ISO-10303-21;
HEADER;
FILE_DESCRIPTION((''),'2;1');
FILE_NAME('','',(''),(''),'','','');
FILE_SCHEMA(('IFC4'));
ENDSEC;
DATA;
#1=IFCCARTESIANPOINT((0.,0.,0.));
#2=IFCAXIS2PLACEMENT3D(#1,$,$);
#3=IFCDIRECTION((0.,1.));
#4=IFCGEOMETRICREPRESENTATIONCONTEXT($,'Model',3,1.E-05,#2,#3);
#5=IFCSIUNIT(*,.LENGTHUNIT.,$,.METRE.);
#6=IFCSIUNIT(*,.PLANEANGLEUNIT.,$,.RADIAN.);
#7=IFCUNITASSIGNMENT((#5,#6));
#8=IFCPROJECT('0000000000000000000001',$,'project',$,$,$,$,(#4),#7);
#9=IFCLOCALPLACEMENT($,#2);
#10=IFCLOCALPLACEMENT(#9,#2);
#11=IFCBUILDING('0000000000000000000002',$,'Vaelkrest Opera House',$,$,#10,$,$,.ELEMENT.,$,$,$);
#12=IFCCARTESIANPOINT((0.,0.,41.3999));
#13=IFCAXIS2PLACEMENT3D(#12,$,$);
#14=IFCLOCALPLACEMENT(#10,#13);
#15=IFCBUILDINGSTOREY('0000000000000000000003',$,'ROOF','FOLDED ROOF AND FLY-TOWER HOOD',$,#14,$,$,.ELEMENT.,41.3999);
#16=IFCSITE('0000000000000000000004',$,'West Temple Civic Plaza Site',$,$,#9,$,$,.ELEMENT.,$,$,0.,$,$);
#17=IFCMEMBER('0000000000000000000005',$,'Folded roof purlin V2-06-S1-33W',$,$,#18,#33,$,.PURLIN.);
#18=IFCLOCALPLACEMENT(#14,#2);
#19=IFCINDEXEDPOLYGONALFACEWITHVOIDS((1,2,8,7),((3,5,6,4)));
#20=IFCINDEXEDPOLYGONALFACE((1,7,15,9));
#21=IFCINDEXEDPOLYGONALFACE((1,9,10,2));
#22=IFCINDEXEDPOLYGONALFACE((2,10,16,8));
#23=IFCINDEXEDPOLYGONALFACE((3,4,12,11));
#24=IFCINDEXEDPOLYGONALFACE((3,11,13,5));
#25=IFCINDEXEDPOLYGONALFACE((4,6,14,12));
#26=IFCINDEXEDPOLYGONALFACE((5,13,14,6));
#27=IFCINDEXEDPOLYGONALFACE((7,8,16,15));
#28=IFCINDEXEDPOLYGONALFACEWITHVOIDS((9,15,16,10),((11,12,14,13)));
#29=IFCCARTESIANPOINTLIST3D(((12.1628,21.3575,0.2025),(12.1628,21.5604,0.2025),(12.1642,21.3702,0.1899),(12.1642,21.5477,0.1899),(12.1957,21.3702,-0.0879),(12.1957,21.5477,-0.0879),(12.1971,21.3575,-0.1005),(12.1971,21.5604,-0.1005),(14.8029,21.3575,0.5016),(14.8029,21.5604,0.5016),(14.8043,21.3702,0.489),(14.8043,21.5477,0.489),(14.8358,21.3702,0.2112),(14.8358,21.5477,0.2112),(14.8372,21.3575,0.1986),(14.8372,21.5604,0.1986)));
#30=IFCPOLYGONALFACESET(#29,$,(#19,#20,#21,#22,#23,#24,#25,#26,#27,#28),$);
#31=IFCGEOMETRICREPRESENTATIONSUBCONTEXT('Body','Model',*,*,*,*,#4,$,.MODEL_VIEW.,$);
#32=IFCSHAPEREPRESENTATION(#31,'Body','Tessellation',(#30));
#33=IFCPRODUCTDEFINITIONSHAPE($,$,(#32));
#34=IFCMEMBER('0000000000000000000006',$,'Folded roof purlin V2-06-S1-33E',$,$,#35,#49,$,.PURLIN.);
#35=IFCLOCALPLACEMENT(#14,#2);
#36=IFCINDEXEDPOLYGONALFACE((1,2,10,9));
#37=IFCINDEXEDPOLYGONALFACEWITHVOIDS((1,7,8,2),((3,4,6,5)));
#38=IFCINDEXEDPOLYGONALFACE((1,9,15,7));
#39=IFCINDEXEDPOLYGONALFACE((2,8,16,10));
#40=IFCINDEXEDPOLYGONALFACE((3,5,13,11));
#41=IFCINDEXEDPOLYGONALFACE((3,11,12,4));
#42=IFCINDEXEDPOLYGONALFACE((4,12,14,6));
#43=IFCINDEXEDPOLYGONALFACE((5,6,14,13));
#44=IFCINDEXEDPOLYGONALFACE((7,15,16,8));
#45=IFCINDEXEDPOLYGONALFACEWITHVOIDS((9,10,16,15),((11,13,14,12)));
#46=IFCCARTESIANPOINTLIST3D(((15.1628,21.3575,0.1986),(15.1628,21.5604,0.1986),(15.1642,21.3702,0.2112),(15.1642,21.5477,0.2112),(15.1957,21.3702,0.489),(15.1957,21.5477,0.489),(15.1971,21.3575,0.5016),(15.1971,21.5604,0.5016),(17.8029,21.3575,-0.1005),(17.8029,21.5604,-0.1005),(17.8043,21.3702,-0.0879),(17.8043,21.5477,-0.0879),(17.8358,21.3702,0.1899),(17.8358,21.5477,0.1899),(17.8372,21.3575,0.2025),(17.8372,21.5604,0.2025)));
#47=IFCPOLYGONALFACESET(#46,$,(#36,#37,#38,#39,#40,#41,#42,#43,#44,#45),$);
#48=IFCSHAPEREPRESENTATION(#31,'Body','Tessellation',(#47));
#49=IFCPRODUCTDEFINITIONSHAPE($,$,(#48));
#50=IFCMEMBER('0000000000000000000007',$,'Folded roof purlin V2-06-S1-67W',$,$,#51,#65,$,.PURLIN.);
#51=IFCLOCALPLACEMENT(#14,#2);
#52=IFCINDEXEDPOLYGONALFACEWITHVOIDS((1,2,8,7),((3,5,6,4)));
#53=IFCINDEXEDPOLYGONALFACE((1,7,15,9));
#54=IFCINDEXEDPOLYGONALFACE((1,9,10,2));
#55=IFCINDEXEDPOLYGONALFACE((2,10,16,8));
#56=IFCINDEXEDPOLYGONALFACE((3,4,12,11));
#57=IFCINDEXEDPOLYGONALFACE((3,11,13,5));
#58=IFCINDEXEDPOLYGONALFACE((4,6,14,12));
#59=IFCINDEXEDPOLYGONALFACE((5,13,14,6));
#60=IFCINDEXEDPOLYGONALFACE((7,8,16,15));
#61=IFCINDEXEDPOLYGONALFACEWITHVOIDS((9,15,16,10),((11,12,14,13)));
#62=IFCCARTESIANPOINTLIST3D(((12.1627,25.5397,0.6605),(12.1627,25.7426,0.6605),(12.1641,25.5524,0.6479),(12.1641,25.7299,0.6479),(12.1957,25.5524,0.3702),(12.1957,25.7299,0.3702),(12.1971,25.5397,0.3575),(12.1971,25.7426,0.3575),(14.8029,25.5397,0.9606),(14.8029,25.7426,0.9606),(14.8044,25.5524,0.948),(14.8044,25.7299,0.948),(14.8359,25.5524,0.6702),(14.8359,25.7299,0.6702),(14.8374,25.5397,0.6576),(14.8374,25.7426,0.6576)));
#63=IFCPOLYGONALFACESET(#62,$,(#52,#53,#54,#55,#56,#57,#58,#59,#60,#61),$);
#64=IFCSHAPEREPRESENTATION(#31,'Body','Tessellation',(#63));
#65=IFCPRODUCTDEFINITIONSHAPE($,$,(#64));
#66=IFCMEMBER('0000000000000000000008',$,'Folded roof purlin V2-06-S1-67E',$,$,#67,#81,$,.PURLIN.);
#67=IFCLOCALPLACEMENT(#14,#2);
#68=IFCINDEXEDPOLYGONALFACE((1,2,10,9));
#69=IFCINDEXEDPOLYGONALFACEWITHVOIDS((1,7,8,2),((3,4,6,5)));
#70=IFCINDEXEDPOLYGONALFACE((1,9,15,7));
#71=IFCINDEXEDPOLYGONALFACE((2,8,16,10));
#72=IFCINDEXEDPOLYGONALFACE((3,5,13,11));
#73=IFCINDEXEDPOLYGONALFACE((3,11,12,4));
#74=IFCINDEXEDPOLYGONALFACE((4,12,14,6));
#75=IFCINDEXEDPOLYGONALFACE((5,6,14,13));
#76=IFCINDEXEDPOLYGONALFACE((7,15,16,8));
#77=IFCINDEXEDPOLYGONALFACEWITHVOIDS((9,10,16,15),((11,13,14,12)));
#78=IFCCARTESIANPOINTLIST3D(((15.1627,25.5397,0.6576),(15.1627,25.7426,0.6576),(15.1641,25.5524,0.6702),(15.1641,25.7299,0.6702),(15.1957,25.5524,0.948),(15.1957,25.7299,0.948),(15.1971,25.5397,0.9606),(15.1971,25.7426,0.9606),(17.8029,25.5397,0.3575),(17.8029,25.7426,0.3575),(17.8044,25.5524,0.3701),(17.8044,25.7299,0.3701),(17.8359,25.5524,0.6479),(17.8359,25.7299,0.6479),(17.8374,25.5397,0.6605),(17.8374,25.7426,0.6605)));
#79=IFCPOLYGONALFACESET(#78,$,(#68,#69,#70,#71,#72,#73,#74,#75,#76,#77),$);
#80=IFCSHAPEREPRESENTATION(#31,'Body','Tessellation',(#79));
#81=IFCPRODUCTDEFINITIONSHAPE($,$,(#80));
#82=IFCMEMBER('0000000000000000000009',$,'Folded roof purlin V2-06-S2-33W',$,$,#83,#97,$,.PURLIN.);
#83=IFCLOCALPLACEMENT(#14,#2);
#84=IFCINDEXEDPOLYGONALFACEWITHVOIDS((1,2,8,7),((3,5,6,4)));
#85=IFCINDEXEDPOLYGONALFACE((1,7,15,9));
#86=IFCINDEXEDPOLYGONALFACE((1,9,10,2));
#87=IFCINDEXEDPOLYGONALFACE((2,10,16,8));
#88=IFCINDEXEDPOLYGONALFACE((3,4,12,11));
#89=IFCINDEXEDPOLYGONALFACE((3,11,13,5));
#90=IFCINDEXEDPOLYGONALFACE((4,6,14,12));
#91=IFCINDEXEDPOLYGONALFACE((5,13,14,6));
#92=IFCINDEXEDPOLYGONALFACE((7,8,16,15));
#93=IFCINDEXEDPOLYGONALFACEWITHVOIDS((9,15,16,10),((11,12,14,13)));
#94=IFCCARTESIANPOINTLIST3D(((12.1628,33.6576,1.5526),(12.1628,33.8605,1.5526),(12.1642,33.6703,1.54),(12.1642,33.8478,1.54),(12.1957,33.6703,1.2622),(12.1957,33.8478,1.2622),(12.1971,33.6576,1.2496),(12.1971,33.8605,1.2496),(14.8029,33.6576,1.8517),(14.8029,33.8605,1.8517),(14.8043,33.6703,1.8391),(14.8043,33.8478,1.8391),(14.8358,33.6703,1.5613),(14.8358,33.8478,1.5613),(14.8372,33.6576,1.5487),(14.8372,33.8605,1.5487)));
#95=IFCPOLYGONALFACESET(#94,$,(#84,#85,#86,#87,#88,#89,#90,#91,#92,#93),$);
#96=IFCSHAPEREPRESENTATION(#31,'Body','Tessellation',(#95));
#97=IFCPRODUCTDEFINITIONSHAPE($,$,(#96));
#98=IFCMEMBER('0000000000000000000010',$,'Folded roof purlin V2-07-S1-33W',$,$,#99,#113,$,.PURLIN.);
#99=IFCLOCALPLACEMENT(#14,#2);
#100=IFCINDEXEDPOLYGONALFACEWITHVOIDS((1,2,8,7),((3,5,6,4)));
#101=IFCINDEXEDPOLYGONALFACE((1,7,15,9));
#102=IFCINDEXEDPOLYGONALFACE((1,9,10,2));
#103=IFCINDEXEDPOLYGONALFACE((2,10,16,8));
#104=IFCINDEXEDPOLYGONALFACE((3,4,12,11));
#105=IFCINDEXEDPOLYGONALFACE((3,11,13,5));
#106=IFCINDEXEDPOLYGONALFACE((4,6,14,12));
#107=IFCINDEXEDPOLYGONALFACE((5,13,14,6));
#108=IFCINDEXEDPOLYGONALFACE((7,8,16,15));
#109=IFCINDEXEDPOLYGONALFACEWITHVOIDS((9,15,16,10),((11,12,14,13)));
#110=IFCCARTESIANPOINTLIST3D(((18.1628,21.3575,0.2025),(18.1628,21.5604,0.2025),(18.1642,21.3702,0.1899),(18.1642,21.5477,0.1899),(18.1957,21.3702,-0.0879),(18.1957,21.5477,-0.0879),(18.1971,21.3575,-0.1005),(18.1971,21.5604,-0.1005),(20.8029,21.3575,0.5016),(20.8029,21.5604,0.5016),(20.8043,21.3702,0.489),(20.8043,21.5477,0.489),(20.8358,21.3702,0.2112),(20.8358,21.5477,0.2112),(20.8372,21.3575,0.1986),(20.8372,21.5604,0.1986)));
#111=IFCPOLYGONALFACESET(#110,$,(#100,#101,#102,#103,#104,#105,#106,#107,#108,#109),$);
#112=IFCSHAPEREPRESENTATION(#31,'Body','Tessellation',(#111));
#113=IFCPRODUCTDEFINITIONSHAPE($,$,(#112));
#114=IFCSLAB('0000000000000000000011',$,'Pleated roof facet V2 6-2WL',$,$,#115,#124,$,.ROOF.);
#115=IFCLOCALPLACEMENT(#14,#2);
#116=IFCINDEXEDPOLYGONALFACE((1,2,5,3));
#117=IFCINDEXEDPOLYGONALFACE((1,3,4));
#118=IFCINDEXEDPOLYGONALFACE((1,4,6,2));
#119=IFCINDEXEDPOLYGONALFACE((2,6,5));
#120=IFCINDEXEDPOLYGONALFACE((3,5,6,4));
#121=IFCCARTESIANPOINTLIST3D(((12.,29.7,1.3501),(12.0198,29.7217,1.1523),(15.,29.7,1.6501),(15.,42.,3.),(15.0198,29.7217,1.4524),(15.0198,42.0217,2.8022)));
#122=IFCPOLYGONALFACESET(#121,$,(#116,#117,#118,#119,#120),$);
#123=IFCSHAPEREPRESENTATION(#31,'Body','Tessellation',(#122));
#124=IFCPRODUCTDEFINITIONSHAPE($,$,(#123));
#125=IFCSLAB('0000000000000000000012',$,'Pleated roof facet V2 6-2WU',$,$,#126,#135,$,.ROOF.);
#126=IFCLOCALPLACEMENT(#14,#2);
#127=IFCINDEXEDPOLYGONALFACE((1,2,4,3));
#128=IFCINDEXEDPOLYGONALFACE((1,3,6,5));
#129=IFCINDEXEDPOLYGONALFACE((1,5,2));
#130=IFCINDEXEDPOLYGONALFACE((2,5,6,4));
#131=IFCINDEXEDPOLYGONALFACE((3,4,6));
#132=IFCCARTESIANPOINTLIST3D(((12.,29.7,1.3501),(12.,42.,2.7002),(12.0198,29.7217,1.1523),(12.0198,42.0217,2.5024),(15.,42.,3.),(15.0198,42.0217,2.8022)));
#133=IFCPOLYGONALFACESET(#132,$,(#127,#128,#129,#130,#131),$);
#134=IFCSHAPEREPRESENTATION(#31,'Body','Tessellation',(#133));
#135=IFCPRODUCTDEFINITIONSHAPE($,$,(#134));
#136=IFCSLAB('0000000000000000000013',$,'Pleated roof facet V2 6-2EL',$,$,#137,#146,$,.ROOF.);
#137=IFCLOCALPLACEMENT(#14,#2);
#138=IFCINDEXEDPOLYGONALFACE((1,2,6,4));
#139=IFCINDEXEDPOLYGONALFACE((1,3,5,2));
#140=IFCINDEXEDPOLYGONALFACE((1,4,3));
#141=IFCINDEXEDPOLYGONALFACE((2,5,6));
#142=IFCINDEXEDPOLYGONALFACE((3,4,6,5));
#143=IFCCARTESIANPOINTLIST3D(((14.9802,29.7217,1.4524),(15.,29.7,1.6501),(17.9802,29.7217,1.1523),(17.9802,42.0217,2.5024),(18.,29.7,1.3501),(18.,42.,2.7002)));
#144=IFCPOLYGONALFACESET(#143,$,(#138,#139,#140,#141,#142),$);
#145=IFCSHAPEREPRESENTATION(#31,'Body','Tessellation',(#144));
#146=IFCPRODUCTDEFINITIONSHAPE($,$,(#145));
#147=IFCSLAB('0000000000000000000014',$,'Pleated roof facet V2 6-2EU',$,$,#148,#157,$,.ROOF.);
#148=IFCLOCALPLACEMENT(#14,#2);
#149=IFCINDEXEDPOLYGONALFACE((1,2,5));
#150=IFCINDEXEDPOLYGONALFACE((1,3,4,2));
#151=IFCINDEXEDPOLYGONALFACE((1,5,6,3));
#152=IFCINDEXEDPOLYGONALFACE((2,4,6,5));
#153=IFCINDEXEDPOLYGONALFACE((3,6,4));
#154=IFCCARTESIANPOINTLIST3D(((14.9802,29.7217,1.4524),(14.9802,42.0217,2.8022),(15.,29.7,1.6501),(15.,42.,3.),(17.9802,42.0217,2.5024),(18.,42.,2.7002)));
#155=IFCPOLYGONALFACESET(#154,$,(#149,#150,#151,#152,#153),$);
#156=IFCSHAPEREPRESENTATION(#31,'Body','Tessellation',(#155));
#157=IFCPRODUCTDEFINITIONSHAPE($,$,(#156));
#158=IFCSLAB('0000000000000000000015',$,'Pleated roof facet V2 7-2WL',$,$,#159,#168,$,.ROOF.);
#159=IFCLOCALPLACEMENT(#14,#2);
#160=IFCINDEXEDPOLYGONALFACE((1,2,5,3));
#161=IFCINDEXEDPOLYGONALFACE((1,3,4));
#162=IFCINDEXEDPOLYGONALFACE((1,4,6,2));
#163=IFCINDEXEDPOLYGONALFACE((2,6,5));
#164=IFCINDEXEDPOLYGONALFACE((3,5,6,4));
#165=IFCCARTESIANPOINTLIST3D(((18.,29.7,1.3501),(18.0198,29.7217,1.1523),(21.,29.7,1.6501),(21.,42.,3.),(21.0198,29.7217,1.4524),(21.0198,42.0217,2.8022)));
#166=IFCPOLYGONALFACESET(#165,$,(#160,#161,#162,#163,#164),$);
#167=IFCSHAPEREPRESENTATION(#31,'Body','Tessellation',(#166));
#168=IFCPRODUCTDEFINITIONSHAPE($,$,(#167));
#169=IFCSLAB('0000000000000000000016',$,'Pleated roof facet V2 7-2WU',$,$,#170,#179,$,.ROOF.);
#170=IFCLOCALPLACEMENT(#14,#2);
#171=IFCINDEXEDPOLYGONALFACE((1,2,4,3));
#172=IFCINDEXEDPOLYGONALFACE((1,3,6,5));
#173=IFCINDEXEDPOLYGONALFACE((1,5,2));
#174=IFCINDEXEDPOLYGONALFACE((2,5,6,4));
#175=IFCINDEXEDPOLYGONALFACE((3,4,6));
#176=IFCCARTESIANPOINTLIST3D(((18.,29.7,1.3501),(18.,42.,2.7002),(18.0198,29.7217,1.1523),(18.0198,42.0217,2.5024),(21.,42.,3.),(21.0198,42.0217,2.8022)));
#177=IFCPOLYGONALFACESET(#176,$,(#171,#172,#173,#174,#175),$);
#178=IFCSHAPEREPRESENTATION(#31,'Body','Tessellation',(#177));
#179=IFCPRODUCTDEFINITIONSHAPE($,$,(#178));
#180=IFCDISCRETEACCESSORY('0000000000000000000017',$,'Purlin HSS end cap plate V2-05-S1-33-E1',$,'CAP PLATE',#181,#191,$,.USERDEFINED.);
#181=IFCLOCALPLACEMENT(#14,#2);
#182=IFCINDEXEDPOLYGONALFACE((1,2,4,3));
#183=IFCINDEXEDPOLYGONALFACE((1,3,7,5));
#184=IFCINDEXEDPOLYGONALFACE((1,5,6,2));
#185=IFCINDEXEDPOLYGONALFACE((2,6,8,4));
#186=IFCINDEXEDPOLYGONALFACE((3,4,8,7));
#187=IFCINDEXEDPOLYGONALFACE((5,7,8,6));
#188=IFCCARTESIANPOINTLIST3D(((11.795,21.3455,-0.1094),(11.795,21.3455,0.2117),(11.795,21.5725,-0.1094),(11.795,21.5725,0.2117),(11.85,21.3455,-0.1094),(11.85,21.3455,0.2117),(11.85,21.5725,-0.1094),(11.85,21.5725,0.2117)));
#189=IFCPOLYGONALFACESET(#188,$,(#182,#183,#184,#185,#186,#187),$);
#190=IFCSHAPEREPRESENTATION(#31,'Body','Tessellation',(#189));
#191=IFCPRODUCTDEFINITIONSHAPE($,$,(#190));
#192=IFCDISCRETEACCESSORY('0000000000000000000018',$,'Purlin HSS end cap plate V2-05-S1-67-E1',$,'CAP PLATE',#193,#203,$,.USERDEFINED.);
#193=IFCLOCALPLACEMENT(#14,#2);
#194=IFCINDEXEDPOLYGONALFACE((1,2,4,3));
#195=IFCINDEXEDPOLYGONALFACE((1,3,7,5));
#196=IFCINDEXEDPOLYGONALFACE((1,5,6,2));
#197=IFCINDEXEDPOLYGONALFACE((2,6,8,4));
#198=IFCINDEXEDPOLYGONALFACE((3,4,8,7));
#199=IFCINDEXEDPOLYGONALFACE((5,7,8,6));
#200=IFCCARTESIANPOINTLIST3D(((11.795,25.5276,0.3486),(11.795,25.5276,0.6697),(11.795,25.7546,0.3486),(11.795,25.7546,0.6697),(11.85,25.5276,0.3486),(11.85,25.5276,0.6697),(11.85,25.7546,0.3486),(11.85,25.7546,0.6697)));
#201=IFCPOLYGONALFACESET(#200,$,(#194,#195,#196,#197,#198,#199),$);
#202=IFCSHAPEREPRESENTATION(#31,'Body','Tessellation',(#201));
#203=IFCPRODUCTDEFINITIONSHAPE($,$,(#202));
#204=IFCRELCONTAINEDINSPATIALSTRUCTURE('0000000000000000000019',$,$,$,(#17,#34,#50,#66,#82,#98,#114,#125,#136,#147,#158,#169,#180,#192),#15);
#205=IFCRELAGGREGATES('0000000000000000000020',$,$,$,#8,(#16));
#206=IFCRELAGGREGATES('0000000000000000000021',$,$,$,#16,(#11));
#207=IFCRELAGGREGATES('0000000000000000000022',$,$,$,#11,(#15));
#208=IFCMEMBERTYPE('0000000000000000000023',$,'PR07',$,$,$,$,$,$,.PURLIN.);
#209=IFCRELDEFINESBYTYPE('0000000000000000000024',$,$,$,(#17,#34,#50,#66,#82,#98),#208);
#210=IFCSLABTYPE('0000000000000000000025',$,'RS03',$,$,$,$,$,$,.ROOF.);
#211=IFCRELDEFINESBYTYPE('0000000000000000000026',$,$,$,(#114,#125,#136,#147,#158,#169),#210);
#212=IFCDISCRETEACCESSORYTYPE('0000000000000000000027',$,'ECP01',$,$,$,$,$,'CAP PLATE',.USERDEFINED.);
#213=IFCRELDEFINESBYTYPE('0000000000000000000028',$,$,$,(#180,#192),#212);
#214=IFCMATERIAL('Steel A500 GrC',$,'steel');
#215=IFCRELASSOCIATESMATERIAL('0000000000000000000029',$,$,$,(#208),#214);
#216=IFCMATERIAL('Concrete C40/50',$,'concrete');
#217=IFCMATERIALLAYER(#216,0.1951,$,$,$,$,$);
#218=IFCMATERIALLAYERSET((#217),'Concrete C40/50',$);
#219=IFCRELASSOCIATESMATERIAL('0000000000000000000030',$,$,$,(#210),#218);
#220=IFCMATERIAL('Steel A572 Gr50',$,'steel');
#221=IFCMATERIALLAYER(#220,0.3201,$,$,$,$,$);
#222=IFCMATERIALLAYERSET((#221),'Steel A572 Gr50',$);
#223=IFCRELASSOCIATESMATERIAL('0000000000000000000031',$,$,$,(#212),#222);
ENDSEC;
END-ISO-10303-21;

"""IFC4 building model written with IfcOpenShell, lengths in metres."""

from ifc_helpers import new_model, si_unit, direction, frame, origin, origin_2d, place, context, subcontext, project, spatial, polyline, rectangle, hollow_rectangle, outline, extrude, material, layer, layer_set, material_profile, profile_set, type_object, element, save


model = new_model("IFC4")

# Units and contexts
model_context = context("Model", 3, precision=1e-05, world=origin(), true_north=direction((0.0, 1.0)))
body_context = subcontext(model_context, "Body", "Model", "MODEL_VIEW")
ifc_project = project(units=[si_unit("LENGTHUNIT", "METRE"), si_unit("PLANEANGLEUNIT", "RADIAN")], contexts=[model_context])

# Site, building, storey
site_placement = place(None, origin())
site = spatial("IfcSite", under=ifc_project, at=site_placement, Name="West Temple Civic Plaza Site", CompositionType="ELEMENT", RefElevation=0.0)
building_placement = place(site_placement, origin())
building = spatial("IfcBuilding", under=site, at=building_placement, Name="Vaelkrest Opera House", CompositionType="ELEMENT")
storey_placement = place(building_placement, frame((0.0, 0.0, 41.3999)))
storey = spatial("IfcBuildingStorey", under=building, at=storey_placement, Name="ROOF", Description="FOLDED ROOF AND FLY-TOWER HOOD", CompositionType="ELEMENT", Elevation=41.3999)

# Members
ifc_material_1 = material(Name="Steel A500 GrC", Category="steel")
ifc_material_profile = material_profile(ifc_material_1, hollow_rectangle(XDim=0.2029, YDim=0.3049, WallThickness=0.0127, at=origin_2d()), Name="HSS305X203X12.7")
ifc_profile_set = profile_set([ifc_material_profile], Name="Steel A500 GrC")
member_type = type_object("IfcMemberType", Name="PR07", PredefinedType="PURLIN", material=ifc_profile_set)
for number, where, z_axis, x_axis, name in (
    (1, (12.1799, 21.459, 0.051), (0.993645, 0.0, 0.112559), (0.0, 1.0, 0.0), "Folded roof purlin V2-06-S1-33W"),
    (2, (15.1799, 21.459, 0.3501), (0.993645, 0.0, -0.112559), (0.0, 1.0, 0.0), "Folded roof purlin V2-06-S1-33E"),
):
    element("IfcMember", number, at=place(storey_placement, frame(where, z_axis=z_axis, x_axis=x_axis)), inside=storey, type_object=member_type, Name=name, PredefinedType="PURLIN", context=body_context, shape_type="SweptSolid", body=[
        extrude(hollow_rectangle(XDim=0.2029, YDim=0.3049, WallThickness=0.0127, at=origin_2d()), origin(), (0.0, 0.0, 1.0), 2.657),
    ])
for number, where, z_axis, x_axis, name in (
    (3, (12.1799, 25.6411, 0.509), (0.993604, 0.0, 0.112922), (0.0, 1.0, 0.0), "Folded roof purlin V2-06-S1-67W"),
    (4, (15.1799, 25.6411, 0.8091), (0.993604, 0.0, -0.112922), (0.0, 1.0, 0.0), "Folded roof purlin V2-06-S1-67E"),
):
    element("IfcMember", number, at=place(storey_placement, frame(where, z_axis=z_axis, x_axis=x_axis)), inside=storey, type_object=member_type, Name=name, PredefinedType="PURLIN", context=body_context, shape_type="SweptSolid", body=[
        extrude(hollow_rectangle(XDim=0.2029, YDim=0.3049, WallThickness=0.0127, at=origin_2d()), origin(), (0.0, 0.0, 1.0), 2.6572),
    ])
for number, where, z_axis, x_axis, name in (
    (5, (12.1799, 33.759, 1.4011), (0.993645, 0.0, 0.112559), (0.0, 1.0, 0.0), "Folded roof purlin V2-06-S2-33W"),
    (6, (18.1799, 21.459, 0.051), (0.993645, 0.0, 0.112559), (0.0, 1.0, 0.0), "Folded roof purlin V2-07-S1-33W"),
):
    element("IfcMember", number, at=place(storey_placement, frame(where, z_axis=z_axis, x_axis=x_axis)), inside=storey, type_object=member_type, Name=name, PredefinedType="PURLIN", context=body_context, shape_type="SweptSolid", body=[
        extrude(hollow_rectangle(XDim=0.2029, YDim=0.3049, WallThickness=0.0127, at=origin_2d()), origin(), (0.0, 0.0, 1.0), 2.657),
    ])

# Slabs
ifc_material_2 = material(Name="Concrete C40/50", Category="concrete")
ifc_layer_1 = layer(ifc_material_2, 0.1951)
ifc_layer_set_1 = layer_set([ifc_layer_1], Name="Concrete C40/50")
slab_type = type_object("IfcSlabType", Name="RS03", PredefinedType="ROOF", material=ifc_layer_set_1)
slab_1_placement = place(storey_placement, frame((12.0, 29.7, 1.3501), z_axis=(-0.098932, -0.108554, 0.989156), x_axis=(0.995036, 0.0, 0.09952)))
element("IfcSlab", 7, at=slab_1_placement, inside=storey, type_object=slab_type, Name="Pleated roof facet V2 6-2WL", PredefinedType="ROOF", context=body_context, shape_type="SweptSolid", body=[
    extrude(outline(polyline([(0.0, 0.0), (3.015, 0.0), (3.1493, 12.3732), (0.0, 0.0)])), origin(), (0.0, 0.0, -1.0), 0.2),
])
slab_2_placement = place(storey_placement, frame((12.0, 29.7, 1.3501), z_axis=(-0.098852, -0.108574, 0.989161), x_axis=(0.234968, 0.963375, 0.129225)))
element("IfcSlab", 8, at=slab_2_placement, inside=storey, type_object=slab_type, Name="Pleated roof facet V2 6-2WU", PredefinedType="ROOF", context=body_context, shape_type="SweptSolid", body=[
    extrude(outline(polyline([(0.0, 0.0), (12.7677, 0.0), (12.024, 2.9218), (0.0, 0.0)])), origin(), (0.0, 0.0, -1.0), 0.2),
])
slab_3_placement = place(storey_placement, frame((15.0, 29.7, 1.6501), z_axis=(0.098931, -0.108573, 0.989153), x_axis=(0.995036, 0.0, -0.09952)))
element("IfcSlab", 9, at=slab_3_placement, inside=storey, type_object=slab_type, Name="Pleated roof facet V2 6-2EL", PredefinedType="ROOF", context=body_context, shape_type="SweptSolid", body=[
    extrude(outline(polyline([(0.0, 0.0), (3.015, 0.0), (2.8806, 12.3732), (0.0, 0.0)])), origin(), (0.0, 0.0, -1.0), 0.2),
])
slab_4_placement = place(storey_placement, frame((15.0, 29.7, 1.6501), z_axis=(0.098852, -0.108555, 0.989163), x_axis=(0.236144, 0.968196, 0.082654)))
element("IfcSlab", 10, at=slab_4_placement, inside=storey, type_object=slab_type, Name="Pleated roof facet V2 6-2EU", PredefinedType="ROOF", context=body_context, shape_type="SweptSolid", body=[
    extrude(outline(polyline([(0.0, 0.0), (12.7041, 0.0), (12.0204, 2.9364), (0.0, 0.0)])), origin(), (0.0, 0.0, -1.0), 0.2),
])
slab_5_placement = place(storey_placement, frame((18.0, 29.7, 1.3501), z_axis=(-0.098932, -0.108554, 0.989156), x_axis=(0.995036, 0.0, 0.09952)))
element("IfcSlab", 11, at=slab_5_placement, inside=storey, type_object=slab_type, Name="Pleated roof facet V2 7-2WL", PredefinedType="ROOF", context=body_context, shape_type="SweptSolid", body=[
    extrude(outline(polyline([(0.0, 0.0), (3.015, 0.0), (3.1493, 12.3732), (0.0, 0.0)])), origin(), (0.0, 0.0, -1.0), 0.2),
])
slab_6_placement = place(storey_placement, frame((18.0, 29.7, 1.3501), z_axis=(-0.098852, -0.108574, 0.989161), x_axis=(0.234968, 0.963375, 0.129225)))
element("IfcSlab", 12, at=slab_6_placement, inside=storey, type_object=slab_type, Name="Pleated roof facet V2 7-2WU", PredefinedType="ROOF", context=body_context, shape_type="SweptSolid", body=[
    extrude(outline(polyline([(0.0, 0.0), (12.7677, 0.0), (12.024, 2.9218), (0.0, 0.0)])), origin(), (0.0, 0.0, -1.0), 0.2),
])

# Discrete accessories
ifc_material_3 = material(Name="Steel A572 Gr50", Category="steel")
ifc_layer_2 = layer(ifc_material_3, 0.3201)
ifc_layer_set_2 = layer_set([ifc_layer_2], Name="Steel A572 Gr50")
discrete_accessory_type = type_object("IfcDiscreteAccessoryType", Name="ECP01", ElementType="CAP PLATE", PredefinedType="USERDEFINED", material=ifc_layer_set_2)
for number, where, z_axis, x_axis, name in (
    (13, (11.8225, 21.459, -0.1094), (0.0, 0.0, 1.0), (1.0, 0.0, 0.0), "Purlin HSS end cap plate V2-05-S1-33-E1"),
    (14, (11.8225, 25.6411, 0.3486), (0.0, 0.0, 1.0), (1.0, 0.0, 0.0), "Purlin HSS end cap plate V2-05-S1-67-E1"),
):
    element("IfcDiscreteAccessory", number, at=place(storey_placement, frame(where, z_axis=z_axis, x_axis=x_axis)), inside=storey, type_object=discrete_accessory_type, Name=name, ObjectType="CAP PLATE", PredefinedType="USERDEFINED", context=body_context, shape_type="SweptSolid", body=[
        extrude(rectangle(XDim=0.0549, YDim=0.2271, at=origin_2d()), origin(), (0.0, 0.0, 1.0), 0.321),
    ])

save(model, "model.ifc")
